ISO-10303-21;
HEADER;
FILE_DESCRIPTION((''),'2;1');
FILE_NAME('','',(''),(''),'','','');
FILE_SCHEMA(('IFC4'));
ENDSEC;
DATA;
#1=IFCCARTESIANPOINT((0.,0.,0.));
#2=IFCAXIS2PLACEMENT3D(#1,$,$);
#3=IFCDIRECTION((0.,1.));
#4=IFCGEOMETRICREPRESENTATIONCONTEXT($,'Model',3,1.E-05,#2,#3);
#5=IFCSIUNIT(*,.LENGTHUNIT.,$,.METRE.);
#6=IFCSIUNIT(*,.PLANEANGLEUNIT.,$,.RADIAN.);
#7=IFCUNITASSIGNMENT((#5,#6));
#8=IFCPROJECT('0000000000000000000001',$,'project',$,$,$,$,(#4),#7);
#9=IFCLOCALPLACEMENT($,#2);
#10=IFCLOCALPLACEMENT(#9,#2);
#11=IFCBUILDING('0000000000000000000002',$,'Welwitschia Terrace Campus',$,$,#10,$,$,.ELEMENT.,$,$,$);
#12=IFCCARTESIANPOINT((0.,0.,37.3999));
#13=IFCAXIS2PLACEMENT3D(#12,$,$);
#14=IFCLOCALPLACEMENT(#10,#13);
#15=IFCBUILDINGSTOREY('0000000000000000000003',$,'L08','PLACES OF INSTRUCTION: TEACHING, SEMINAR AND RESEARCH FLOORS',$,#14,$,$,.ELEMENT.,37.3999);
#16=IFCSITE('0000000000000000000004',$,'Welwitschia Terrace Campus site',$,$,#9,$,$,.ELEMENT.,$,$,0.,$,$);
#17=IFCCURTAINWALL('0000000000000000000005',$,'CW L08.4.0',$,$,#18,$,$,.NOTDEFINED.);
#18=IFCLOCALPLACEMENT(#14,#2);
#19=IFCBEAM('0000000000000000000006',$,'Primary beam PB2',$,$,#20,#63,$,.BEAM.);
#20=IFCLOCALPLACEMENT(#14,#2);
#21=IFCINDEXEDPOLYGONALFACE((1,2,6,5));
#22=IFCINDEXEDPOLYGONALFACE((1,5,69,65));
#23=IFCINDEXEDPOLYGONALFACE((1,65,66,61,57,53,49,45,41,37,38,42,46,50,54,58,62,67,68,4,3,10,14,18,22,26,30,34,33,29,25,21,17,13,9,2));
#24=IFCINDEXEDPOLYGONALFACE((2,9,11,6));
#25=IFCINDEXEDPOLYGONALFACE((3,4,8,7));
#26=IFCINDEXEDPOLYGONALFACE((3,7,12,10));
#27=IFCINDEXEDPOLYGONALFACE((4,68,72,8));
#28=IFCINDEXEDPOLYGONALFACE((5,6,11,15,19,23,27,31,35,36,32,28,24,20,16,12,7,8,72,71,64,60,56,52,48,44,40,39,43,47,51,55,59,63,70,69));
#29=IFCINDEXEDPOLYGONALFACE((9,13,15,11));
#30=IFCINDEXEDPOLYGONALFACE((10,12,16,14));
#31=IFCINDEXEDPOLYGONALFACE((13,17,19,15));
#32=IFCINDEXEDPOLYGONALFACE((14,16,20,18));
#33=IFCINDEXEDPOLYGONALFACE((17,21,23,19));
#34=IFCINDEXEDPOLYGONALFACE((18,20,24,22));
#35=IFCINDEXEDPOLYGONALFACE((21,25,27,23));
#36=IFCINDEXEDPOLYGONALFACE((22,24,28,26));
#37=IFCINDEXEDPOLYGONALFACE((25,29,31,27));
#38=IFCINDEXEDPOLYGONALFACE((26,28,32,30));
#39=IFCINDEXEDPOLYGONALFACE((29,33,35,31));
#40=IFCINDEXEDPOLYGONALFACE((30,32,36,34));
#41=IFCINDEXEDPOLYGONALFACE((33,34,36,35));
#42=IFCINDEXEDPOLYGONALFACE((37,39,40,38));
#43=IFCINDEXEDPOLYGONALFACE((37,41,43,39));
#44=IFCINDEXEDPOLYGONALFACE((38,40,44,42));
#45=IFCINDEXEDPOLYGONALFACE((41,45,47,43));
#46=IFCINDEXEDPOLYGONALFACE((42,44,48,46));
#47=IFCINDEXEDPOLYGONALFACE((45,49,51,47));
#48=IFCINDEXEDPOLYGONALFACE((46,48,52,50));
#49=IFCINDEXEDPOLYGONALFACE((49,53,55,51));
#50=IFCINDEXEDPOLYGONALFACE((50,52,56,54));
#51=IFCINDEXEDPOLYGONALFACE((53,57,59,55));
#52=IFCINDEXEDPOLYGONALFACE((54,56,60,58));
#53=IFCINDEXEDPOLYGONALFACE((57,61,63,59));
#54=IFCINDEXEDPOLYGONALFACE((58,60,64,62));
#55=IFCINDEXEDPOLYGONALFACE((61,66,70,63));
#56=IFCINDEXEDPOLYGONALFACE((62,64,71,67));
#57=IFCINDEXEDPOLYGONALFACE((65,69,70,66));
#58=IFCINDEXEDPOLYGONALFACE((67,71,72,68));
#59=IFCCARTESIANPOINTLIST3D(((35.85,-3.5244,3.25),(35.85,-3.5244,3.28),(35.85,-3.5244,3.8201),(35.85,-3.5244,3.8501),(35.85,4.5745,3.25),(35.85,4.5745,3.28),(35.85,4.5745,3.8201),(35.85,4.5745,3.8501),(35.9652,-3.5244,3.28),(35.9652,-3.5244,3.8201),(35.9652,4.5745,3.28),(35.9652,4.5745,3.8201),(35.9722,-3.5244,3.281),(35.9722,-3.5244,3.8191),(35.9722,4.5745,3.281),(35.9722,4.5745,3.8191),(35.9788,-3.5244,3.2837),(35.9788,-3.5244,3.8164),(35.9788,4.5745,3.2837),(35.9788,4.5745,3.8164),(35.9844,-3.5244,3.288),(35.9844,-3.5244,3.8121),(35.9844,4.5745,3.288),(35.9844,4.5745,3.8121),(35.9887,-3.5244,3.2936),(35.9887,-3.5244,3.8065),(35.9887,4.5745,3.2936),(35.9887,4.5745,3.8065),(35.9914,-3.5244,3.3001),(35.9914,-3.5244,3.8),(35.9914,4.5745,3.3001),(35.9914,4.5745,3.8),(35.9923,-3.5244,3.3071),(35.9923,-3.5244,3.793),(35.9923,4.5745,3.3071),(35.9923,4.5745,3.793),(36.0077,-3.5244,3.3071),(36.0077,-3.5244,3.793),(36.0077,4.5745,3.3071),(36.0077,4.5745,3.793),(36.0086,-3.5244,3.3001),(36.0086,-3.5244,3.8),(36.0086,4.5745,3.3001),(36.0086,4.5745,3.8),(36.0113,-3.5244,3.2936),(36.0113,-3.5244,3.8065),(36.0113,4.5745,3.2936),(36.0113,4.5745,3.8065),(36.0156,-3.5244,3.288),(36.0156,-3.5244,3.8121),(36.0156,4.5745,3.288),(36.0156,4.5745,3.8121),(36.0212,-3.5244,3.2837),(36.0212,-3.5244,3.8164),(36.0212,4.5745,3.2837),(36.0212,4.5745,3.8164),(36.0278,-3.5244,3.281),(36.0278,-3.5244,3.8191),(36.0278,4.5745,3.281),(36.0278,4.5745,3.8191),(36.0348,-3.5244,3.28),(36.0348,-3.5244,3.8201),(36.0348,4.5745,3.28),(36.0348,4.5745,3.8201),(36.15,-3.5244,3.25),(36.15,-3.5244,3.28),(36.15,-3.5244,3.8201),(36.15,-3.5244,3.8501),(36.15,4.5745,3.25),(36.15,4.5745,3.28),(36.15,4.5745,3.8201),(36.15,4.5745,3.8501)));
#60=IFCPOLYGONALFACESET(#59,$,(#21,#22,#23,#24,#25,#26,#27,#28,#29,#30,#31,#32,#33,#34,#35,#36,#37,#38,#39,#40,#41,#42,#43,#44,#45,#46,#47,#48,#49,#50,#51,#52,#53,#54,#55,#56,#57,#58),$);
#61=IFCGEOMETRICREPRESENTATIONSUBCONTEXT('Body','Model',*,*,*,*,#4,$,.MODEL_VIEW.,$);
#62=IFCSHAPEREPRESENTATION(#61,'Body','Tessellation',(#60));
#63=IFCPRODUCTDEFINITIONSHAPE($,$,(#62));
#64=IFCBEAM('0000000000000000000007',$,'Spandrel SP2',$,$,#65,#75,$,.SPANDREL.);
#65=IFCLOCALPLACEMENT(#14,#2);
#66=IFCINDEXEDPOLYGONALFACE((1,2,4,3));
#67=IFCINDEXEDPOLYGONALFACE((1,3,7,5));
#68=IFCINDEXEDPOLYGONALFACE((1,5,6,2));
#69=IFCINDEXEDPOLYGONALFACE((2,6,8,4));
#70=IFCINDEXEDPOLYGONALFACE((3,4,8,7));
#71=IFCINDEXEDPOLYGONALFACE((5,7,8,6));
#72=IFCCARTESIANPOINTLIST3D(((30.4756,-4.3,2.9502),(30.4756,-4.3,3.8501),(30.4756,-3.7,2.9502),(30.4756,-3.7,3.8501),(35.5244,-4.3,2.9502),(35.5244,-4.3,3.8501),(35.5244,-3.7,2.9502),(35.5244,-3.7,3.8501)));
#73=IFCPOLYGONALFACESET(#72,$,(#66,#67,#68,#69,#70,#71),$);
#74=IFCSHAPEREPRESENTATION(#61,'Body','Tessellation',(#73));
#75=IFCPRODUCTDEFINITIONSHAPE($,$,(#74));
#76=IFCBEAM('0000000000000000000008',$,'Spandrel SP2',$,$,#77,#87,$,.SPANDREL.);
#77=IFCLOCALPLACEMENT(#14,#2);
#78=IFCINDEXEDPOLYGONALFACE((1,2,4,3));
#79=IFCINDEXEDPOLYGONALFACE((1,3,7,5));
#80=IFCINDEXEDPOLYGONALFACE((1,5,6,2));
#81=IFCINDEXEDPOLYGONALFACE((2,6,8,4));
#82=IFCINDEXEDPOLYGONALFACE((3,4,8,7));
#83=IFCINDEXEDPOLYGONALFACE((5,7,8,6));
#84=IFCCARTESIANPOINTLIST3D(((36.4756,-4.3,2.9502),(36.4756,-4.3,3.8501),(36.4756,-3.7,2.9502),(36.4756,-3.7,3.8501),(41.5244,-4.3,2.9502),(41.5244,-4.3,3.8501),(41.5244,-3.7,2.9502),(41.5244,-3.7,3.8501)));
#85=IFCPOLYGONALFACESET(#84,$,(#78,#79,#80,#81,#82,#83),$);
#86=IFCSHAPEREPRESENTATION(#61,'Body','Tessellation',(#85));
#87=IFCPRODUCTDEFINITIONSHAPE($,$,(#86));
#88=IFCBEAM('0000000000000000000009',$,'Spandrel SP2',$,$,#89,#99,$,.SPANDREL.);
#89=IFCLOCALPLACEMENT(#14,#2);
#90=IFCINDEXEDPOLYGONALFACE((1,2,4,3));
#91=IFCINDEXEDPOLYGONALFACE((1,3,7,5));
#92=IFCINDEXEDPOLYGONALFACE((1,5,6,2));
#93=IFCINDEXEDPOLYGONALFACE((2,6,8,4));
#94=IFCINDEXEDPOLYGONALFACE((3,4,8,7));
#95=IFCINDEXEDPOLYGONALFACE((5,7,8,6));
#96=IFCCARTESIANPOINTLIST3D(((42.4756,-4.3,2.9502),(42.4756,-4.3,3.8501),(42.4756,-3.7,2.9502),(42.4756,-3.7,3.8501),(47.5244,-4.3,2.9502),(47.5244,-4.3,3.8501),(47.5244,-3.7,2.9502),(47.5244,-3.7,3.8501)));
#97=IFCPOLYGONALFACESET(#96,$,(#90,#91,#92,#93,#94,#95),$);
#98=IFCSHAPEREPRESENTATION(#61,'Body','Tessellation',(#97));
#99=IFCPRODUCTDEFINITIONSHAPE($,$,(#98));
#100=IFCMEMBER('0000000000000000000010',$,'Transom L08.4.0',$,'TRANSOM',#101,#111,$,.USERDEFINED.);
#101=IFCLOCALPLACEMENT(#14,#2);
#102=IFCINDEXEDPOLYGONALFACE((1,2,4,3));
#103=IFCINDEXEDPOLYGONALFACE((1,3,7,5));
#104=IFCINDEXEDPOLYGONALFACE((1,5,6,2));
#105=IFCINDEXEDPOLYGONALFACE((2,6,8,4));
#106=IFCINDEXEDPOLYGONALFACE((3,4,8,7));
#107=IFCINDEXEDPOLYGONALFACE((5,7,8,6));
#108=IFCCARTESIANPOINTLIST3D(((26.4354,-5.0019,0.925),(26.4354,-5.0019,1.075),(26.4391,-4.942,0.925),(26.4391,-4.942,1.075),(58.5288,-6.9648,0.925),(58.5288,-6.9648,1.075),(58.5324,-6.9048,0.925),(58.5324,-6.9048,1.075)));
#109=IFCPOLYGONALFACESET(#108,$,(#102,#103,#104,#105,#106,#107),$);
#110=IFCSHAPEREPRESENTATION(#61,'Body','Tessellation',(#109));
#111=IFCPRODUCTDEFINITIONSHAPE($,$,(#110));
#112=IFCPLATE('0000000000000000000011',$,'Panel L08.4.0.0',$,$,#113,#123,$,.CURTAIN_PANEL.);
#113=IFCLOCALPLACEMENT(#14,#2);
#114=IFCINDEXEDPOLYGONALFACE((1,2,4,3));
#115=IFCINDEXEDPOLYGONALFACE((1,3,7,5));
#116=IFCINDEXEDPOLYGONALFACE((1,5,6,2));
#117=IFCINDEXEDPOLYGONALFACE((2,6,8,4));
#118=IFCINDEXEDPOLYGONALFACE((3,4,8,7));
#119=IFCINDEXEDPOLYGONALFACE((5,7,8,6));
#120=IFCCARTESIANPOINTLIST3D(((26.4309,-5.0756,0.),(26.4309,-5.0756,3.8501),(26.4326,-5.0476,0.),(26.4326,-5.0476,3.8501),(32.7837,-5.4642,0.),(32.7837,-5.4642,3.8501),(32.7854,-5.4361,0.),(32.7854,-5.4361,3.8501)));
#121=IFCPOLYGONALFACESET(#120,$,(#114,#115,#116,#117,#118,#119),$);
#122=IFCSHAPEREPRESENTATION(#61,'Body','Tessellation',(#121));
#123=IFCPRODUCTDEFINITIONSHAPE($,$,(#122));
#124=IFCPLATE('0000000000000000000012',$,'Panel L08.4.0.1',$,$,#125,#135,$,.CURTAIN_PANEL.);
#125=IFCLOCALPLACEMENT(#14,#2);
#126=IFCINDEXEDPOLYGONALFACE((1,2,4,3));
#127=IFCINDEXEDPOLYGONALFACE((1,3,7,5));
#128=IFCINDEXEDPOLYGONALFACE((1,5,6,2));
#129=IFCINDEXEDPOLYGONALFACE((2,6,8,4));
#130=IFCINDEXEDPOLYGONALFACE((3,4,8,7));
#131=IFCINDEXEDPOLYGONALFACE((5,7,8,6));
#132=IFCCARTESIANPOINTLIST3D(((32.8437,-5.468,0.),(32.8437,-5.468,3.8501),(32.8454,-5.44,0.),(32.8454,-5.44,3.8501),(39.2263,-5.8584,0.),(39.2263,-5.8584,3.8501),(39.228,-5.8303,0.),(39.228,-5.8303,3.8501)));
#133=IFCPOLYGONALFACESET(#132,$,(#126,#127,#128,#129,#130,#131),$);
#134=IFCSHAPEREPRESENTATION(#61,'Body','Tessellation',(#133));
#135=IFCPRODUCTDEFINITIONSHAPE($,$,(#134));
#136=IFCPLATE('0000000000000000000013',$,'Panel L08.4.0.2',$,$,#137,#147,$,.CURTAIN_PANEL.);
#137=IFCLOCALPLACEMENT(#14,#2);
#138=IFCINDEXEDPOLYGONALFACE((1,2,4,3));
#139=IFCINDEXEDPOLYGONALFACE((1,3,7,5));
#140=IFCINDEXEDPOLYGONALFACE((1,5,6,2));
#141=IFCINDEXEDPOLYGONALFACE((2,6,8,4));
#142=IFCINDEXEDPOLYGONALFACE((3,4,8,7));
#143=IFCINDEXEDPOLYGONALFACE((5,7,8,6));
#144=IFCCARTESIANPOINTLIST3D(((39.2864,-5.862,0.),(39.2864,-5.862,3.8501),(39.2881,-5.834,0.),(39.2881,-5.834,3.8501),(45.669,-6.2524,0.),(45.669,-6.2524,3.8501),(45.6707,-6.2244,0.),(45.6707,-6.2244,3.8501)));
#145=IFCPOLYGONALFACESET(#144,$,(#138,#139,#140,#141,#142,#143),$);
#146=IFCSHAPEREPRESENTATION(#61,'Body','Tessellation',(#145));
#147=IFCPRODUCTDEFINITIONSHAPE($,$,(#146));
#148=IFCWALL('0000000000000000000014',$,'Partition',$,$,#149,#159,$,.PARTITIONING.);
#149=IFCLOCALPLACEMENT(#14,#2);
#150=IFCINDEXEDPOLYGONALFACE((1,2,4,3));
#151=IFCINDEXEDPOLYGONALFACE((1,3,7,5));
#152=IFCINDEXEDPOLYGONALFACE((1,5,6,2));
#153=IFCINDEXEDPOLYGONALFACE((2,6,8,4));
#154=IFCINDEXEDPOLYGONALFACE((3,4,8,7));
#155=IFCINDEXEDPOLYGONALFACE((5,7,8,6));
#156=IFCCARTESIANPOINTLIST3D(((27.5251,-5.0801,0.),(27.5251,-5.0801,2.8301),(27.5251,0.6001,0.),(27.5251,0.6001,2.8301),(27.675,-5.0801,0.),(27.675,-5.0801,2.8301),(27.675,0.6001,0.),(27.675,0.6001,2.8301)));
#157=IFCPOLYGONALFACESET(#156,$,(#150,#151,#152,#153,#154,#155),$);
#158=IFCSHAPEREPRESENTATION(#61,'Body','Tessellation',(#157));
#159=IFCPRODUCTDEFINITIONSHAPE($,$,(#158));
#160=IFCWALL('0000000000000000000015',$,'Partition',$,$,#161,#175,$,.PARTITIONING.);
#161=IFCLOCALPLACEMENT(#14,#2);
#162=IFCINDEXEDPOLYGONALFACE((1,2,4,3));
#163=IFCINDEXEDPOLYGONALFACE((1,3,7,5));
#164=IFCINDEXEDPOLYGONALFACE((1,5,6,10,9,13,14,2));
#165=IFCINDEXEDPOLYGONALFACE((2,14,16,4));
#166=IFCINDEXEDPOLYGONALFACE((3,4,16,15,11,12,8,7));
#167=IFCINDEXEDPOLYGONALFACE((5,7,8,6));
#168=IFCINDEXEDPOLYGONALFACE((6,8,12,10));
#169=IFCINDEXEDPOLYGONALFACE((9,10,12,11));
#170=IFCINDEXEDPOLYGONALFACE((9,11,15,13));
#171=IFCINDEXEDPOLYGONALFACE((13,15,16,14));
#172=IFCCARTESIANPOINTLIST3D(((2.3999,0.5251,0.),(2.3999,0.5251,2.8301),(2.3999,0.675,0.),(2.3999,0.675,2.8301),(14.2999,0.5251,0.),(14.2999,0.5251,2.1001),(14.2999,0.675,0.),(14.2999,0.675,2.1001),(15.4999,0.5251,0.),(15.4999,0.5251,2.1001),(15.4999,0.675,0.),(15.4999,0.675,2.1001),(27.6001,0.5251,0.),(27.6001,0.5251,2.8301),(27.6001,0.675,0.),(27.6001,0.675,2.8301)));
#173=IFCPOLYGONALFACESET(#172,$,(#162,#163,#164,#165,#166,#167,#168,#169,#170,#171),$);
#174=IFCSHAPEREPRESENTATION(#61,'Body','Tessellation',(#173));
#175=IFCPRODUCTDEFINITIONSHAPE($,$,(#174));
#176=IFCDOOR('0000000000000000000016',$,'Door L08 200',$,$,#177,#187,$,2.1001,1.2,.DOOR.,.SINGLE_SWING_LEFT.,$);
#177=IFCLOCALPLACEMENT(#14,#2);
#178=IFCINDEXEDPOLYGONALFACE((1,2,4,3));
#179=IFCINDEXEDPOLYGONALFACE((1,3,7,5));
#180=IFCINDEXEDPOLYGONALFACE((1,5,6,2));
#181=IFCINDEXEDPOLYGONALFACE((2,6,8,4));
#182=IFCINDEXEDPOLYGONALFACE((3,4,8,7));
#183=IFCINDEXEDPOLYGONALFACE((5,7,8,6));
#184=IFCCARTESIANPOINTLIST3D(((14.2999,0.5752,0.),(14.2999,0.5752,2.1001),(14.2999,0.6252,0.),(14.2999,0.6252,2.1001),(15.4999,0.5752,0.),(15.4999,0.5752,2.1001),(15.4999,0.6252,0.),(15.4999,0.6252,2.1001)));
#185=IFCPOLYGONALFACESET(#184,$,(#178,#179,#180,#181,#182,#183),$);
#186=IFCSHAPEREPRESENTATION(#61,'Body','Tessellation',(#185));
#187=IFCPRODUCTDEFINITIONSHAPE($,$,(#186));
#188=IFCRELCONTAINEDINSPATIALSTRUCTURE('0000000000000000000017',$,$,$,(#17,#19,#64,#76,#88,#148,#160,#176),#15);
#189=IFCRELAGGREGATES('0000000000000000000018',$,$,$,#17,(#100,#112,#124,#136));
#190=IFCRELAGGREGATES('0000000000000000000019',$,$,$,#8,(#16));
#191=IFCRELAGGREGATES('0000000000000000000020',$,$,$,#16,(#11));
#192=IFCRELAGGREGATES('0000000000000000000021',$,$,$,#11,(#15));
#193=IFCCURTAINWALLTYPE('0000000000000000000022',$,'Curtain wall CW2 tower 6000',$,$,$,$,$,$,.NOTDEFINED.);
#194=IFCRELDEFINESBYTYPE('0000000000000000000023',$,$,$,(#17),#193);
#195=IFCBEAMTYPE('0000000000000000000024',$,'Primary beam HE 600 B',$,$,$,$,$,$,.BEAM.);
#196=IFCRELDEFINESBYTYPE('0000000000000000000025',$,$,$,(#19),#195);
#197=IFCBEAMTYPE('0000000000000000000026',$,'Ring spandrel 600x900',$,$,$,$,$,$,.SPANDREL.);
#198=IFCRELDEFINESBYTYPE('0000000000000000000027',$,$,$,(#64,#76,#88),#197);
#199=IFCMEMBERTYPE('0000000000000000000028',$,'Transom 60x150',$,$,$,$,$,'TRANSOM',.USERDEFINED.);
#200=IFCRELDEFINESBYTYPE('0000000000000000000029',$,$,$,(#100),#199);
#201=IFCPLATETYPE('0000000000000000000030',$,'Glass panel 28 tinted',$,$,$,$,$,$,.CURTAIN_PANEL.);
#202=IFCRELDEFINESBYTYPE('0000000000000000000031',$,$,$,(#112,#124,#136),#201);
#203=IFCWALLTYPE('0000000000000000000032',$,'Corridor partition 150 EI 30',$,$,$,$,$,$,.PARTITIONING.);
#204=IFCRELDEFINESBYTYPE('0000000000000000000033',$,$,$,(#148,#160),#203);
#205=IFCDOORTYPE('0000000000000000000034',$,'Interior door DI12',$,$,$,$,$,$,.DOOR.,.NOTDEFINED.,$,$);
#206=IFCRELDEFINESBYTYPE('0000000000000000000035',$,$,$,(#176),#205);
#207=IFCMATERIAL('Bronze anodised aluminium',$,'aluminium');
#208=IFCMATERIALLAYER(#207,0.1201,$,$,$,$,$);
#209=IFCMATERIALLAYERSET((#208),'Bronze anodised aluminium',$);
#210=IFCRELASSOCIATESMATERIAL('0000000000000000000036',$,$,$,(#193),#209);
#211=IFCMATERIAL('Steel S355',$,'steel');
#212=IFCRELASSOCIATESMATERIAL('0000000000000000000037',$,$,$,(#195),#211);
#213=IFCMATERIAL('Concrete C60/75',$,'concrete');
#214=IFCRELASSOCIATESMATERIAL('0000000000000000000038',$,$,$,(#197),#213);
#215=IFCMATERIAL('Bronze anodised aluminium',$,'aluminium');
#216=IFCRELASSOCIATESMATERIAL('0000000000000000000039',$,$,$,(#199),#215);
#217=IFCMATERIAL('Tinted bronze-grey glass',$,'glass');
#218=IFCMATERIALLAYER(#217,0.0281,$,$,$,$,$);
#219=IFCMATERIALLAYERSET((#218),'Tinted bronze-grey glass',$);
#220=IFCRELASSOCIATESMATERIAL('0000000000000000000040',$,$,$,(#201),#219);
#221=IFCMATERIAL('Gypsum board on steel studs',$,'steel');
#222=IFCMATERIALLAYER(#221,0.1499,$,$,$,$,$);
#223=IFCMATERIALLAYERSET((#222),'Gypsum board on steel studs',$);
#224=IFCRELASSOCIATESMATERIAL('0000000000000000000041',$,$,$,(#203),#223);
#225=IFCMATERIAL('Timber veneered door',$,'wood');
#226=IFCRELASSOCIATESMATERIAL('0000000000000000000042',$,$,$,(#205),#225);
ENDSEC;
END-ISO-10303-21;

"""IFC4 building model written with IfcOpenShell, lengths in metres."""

from ifc_helpers import new_model, si_unit, direction, frame, frame_2d, origin, origin_2d, place, context, subcontext, project, spatial, rectangle, i_section, extrude, material, layer, layer_set, material_profile, profile_set, type_object, element, fill, aggregate, save


model = new_model("IFC4")

# Units and contexts
model_context = context("Model", 3, precision=1e-05, world=origin(), true_north=direction((0.0, 1.0)))
body_context = subcontext(model_context, "Body", "Model", "MODEL_VIEW")
ifc_project = project(units=[si_unit("LENGTHUNIT", "METRE"), si_unit("PLANEANGLEUNIT", "RADIAN")], contexts=[model_context])

# Site, building, storey
site_placement = place(None, origin())
site = spatial("IfcSite", under=ifc_project, at=site_placement, Name="Welwitschia Terrace Campus site", CompositionType="ELEMENT", RefElevation=0.0)
building_placement = place(site_placement, origin())
building = spatial("IfcBuilding", under=site, at=building_placement, Name="Welwitschia Terrace Campus", CompositionType="ELEMENT")
storey_placement = place(building_placement, frame((0.0, 0.0, 37.3999)))
storey = spatial("IfcBuildingStorey", under=building, at=storey_placement, Name="L08", Description="PLACES OF INSTRUCTION: TEACHING, SEMINAR AND RESEARCH FLOORS", CompositionType="ELEMENT", Elevation=37.3999)

# Curtain wall
ifc_material_1 = material(Name="Bronze anodised aluminium", Category="aluminium")
ifc_layer_1 = layer(ifc_material_1, 0.1201)
ifc_layer_set_1 = layer_set([ifc_layer_1], Name="Bronze anodised aluminium")
curtain_wall_type = type_object("IfcCurtainWallType", Name="Curtain wall CW2 tower 6000", PredefinedType="NOTDEFINED", material=ifc_layer_set_1)
curtain_wall_placement = place(storey_placement, origin())
curtain_wall = element("IfcCurtainWall", 1, at=curtain_wall_placement, inside=storey, type_object=curtain_wall_type, Name="CW L08.4.0", PredefinedType="NOTDEFINED")

# Beams
ifc_material_2 = material(Name="Steel S355", Category="steel")
ifc_material_profile_1 = material_profile(ifc_material_2, i_section(OverallWidth=0.3, OverallDepth=0.6001, WebThickness=0.0154, FlangeThickness=0.03, FilletRadius=0.0271, at=origin_2d()))
ifc_profile_set_1 = profile_set([ifc_material_profile_1], Name="Steel S355")
beam_type_1 = type_object("IfcBeamType", Name="Primary beam HE 600 B", PredefinedType="BEAM", material=ifc_profile_set_1)
beam_placement = place(storey_placement, frame((36.0, -3.5244, 3.55), z_axis=(0.0, 1.0, 0.0), x_axis=(-1.0, 0.0, 0.0)))
element("IfcBeam", 2, at=beam_placement, inside=storey, type_object=beam_type_1, Name="Primary beam PB2", PredefinedType="BEAM", context=body_context, shape_type="SweptSolid", body=[
    extrude(i_section(OverallWidth=0.3, OverallDepth=0.6001, WebThickness=0.0154, FlangeThickness=0.03, FilletRadius=0.0271, at=origin_2d()), origin(), (0.0, 0.0, 1.0), 8.0989),
])
ifc_material_3 = material(Name="Concrete C60/75", Category="concrete")
ifc_material_profile_2 = material_profile(ifc_material_3, rectangle(XDim=0.6001, YDim=0.8999, at=origin_2d()))
ifc_profile_set_2 = profile_set([ifc_material_profile_2], Name="Concrete C60/75")
beam_type_2 = type_object("IfcBeamType", Name="Ring spandrel 600x900", PredefinedType="SPANDREL", material=ifc_profile_set_2)
for number, where, z_axis, x_axis, name in (
    (3, (30.4756, -4.0, 3.4001), (1.0, 0.0, 0.0), (0.0, 1.0, 0.0), "Spandrel SP2"),
    (4, (36.4756, -4.0, 3.4001), (1.0, 0.0, 0.0), (0.0, 1.0, 0.0), "Spandrel SP2"),
    (5, (42.4756, -4.0, 3.4001), (1.0, 0.0, 0.0), (0.0, 1.0, 0.0), "Spandrel SP2"),
):
    element("IfcBeam", number, at=place(storey_placement, frame(where, z_axis=z_axis, x_axis=x_axis)), inside=storey, type_object=beam_type_2, Name=name, PredefinedType="SPANDREL", context=body_context, shape_type="SweptSolid", body=[
        extrude(rectangle(XDim=0.6001, YDim=0.8999, at=origin_2d()), origin(), (0.0, 0.0, 1.0), 5.0488),
    ])

# Member
ifc_material_4 = material(Name="Bronze anodised aluminium", Category="aluminium")
ifc_material_profile_3 = material_profile(ifc_material_4, rectangle(XDim=0.0601, YDim=0.1499, at=origin_2d()))
ifc_profile_set_3 = profile_set([ifc_material_profile_3], Name="Bronze anodised aluminium")
member_type_1 = type_object("IfcMemberType", Name="Transom 60x150", ElementType="TRANSOM", PredefinedType="USERDEFINED", material=ifc_profile_set_3)
member_1_placement = place(storey_placement, frame((26.4373, -4.9719, 1.0), z_axis=(0.998135, -0.061048, 0.0), x_axis=(0.061048, 0.998135, 0.0)))
member_1 = element("IfcMember", 6, at=member_1_placement, type_object=member_type_1, Name="Transom L08.4.0", ObjectType="TRANSOM", PredefinedType="USERDEFINED", context=body_context, shape_type="SweptSolid", body=[
    extrude(rectangle(XDim=0.0601, YDim=0.1499, at=origin_2d()), origin(), (0.0, 0.0, 1.0), 32.1533),
])

# Plates
ifc_material_5 = material(Name="Tinted bronze-grey glass", Category="glass")
ifc_layer_2 = layer(ifc_material_5, 0.0281)
ifc_layer_set_2 = layer_set([ifc_layer_2], Name="Tinted bronze-grey glass")
plate_type = type_object("IfcPlateType", Name="Glass panel 28 tinted", PredefinedType="CURTAIN_PANEL", material=ifc_layer_set_2)
plate_1_placement = place(storey_placement, frame((29.6082, -5.2559, 0.0), z_axis=(0.0, 0.0, 1.0), x_axis=(0.998135, -0.061049, 0.0)))
plate_1 = element("IfcPlate", 7, at=plate_1_placement, type_object=plate_type, Name="Panel L08.4.0.0", PredefinedType="CURTAIN_PANEL", context=body_context, shape_type="SweptSolid", body=[
    extrude(rectangle(XDim=6.3647, YDim=0.0281, at=origin_2d()), origin(), (0.0, 0.0, 1.0), 3.8501),
])
plate_2_placement = place(storey_placement, frame((36.0359, -5.6492, 0.0), z_axis=(0.0, 0.0, 1.0), x_axis=(0.998135, -0.061049, 0.0)))
plate_2 = element("IfcPlate", 8, at=plate_2_placement, type_object=plate_type, Name="Panel L08.4.0.1", PredefinedType="CURTAIN_PANEL", context=body_context, shape_type="SweptSolid", body=[
    extrude(rectangle(XDim=6.3945, YDim=0.0281, at=origin_2d()), origin(), (0.0, 0.0, 1.0), 3.8501),
])
plate_3_placement = place(storey_placement, frame((42.4785, -6.0432, 0.0), z_axis=(0.0, 0.0, 1.0), x_axis=(0.998135, -0.061049, 0.0)))
plate_3 = element("IfcPlate", 9, at=plate_3_placement, type_object=plate_type, Name="Panel L08.4.0.2", PredefinedType="CURTAIN_PANEL", context=body_context, shape_type="SweptSolid", body=[
    extrude(rectangle(XDim=6.3945, YDim=0.0281, at=origin_2d()), origin(), (0.0, 0.0, 1.0), 3.8501),
])
aggregate(curtain_wall, [member_1, plate_1, plate_2, plate_3])

# Wall
ifc_material_6 = material(Name="Gypsum board on steel studs", Category="steel")
ifc_layer_3 = layer(ifc_material_6, 0.1499)
ifc_layer_set_3 = layer_set([ifc_layer_3], Name="Gypsum board on steel studs")
wall_type = type_object("IfcWallType", Name="Corridor partition 150 EI 30", PredefinedType="PARTITIONING", material=ifc_layer_set_3)
wall_1_placement = place(storey_placement, frame((27.6001, -5.0801, 0.0), z_axis=(0.0, 0.0, 1.0), x_axis=(0.0, 1.0, 0.0)))
element("IfcWall", 10, at=wall_1_placement, inside=storey, type_object=wall_type, Name="Partition", PredefinedType="PARTITIONING", context=body_context, shape_type="SweptSolid", body=[
    extrude(rectangle(XDim=5.6802, YDim=0.1499, at=frame_2d((2.8401, 0.0))), origin(), (0.0, 0.0, 1.0), 2.8301),
])

# Wall, opening, door
wall_2_placement = place(storey_placement, frame((27.6001, 0.6001, 0.0), z_axis=(0.0, 0.0, 1.0), x_axis=(-1.0, 0.0, 0.0)))
wall_2 = element("IfcWall", 11, at=wall_2_placement, inside=storey, type_object=wall_type, Name="Partition", PredefinedType="PARTITIONING", context=body_context, shape_type="SweptSolid", body=[
    extrude(rectangle(XDim=25.2002, YDim=0.1499, at=frame_2d((12.6001, 0.0))), origin(), (0.0, 0.0, 1.0), 2.8301),
])
opening_1_placement = place(wall_2_placement, frame((12.1001, 0.0, 0.0)))
opening_1 = element("IfcOpeningElement", 12, at=opening_1_placement, cuts=wall_2, PredefinedType="OPENING", context=body_context, shape_type="SweptSolid", body=[
    extrude(rectangle(XDim=1.2, YDim=2.1001, at=frame_2d((0.6001, 1.05))), frame((0.0, 0.085, 0.0), z_axis=(0.0, -1.0, 0.0), x_axis=(1.0, 0.0, 0.0)), (0.0, 0.0, 1.0), 0.1699),
])
ifc_material_7 = material(Name="Timber veneered door", Category="wood")
door_type = type_object("IfcDoorType", Name="Interior door DI12", OperationType="NOTDEFINED", PredefinedType="DOOR", material=ifc_material_7)
door_1_placement = place(opening_1_placement, origin())
door_1 = element("IfcDoor", 13, at=door_1_placement, inside=storey, type_object=door_type, Name="Door L08 200", OperationType="SINGLE_SWING_LEFT", OverallHeight=2.1001, OverallWidth=1.2, PredefinedType="DOOR", context=body_context, shape_type="SweptSolid", body=[
    extrude(rectangle(XDim=1.2, YDim=2.1001, at=frame_2d((0.6001, 1.05))), frame((0.0, 0.0249, 0.0), z_axis=(0.0, -1.0, 0.0), x_axis=(1.0, 0.0, 0.0)), (0.0, 0.0, 1.0), 0.05),
])
fill(opening_1, door_1)

save(model, "model.ifc")
